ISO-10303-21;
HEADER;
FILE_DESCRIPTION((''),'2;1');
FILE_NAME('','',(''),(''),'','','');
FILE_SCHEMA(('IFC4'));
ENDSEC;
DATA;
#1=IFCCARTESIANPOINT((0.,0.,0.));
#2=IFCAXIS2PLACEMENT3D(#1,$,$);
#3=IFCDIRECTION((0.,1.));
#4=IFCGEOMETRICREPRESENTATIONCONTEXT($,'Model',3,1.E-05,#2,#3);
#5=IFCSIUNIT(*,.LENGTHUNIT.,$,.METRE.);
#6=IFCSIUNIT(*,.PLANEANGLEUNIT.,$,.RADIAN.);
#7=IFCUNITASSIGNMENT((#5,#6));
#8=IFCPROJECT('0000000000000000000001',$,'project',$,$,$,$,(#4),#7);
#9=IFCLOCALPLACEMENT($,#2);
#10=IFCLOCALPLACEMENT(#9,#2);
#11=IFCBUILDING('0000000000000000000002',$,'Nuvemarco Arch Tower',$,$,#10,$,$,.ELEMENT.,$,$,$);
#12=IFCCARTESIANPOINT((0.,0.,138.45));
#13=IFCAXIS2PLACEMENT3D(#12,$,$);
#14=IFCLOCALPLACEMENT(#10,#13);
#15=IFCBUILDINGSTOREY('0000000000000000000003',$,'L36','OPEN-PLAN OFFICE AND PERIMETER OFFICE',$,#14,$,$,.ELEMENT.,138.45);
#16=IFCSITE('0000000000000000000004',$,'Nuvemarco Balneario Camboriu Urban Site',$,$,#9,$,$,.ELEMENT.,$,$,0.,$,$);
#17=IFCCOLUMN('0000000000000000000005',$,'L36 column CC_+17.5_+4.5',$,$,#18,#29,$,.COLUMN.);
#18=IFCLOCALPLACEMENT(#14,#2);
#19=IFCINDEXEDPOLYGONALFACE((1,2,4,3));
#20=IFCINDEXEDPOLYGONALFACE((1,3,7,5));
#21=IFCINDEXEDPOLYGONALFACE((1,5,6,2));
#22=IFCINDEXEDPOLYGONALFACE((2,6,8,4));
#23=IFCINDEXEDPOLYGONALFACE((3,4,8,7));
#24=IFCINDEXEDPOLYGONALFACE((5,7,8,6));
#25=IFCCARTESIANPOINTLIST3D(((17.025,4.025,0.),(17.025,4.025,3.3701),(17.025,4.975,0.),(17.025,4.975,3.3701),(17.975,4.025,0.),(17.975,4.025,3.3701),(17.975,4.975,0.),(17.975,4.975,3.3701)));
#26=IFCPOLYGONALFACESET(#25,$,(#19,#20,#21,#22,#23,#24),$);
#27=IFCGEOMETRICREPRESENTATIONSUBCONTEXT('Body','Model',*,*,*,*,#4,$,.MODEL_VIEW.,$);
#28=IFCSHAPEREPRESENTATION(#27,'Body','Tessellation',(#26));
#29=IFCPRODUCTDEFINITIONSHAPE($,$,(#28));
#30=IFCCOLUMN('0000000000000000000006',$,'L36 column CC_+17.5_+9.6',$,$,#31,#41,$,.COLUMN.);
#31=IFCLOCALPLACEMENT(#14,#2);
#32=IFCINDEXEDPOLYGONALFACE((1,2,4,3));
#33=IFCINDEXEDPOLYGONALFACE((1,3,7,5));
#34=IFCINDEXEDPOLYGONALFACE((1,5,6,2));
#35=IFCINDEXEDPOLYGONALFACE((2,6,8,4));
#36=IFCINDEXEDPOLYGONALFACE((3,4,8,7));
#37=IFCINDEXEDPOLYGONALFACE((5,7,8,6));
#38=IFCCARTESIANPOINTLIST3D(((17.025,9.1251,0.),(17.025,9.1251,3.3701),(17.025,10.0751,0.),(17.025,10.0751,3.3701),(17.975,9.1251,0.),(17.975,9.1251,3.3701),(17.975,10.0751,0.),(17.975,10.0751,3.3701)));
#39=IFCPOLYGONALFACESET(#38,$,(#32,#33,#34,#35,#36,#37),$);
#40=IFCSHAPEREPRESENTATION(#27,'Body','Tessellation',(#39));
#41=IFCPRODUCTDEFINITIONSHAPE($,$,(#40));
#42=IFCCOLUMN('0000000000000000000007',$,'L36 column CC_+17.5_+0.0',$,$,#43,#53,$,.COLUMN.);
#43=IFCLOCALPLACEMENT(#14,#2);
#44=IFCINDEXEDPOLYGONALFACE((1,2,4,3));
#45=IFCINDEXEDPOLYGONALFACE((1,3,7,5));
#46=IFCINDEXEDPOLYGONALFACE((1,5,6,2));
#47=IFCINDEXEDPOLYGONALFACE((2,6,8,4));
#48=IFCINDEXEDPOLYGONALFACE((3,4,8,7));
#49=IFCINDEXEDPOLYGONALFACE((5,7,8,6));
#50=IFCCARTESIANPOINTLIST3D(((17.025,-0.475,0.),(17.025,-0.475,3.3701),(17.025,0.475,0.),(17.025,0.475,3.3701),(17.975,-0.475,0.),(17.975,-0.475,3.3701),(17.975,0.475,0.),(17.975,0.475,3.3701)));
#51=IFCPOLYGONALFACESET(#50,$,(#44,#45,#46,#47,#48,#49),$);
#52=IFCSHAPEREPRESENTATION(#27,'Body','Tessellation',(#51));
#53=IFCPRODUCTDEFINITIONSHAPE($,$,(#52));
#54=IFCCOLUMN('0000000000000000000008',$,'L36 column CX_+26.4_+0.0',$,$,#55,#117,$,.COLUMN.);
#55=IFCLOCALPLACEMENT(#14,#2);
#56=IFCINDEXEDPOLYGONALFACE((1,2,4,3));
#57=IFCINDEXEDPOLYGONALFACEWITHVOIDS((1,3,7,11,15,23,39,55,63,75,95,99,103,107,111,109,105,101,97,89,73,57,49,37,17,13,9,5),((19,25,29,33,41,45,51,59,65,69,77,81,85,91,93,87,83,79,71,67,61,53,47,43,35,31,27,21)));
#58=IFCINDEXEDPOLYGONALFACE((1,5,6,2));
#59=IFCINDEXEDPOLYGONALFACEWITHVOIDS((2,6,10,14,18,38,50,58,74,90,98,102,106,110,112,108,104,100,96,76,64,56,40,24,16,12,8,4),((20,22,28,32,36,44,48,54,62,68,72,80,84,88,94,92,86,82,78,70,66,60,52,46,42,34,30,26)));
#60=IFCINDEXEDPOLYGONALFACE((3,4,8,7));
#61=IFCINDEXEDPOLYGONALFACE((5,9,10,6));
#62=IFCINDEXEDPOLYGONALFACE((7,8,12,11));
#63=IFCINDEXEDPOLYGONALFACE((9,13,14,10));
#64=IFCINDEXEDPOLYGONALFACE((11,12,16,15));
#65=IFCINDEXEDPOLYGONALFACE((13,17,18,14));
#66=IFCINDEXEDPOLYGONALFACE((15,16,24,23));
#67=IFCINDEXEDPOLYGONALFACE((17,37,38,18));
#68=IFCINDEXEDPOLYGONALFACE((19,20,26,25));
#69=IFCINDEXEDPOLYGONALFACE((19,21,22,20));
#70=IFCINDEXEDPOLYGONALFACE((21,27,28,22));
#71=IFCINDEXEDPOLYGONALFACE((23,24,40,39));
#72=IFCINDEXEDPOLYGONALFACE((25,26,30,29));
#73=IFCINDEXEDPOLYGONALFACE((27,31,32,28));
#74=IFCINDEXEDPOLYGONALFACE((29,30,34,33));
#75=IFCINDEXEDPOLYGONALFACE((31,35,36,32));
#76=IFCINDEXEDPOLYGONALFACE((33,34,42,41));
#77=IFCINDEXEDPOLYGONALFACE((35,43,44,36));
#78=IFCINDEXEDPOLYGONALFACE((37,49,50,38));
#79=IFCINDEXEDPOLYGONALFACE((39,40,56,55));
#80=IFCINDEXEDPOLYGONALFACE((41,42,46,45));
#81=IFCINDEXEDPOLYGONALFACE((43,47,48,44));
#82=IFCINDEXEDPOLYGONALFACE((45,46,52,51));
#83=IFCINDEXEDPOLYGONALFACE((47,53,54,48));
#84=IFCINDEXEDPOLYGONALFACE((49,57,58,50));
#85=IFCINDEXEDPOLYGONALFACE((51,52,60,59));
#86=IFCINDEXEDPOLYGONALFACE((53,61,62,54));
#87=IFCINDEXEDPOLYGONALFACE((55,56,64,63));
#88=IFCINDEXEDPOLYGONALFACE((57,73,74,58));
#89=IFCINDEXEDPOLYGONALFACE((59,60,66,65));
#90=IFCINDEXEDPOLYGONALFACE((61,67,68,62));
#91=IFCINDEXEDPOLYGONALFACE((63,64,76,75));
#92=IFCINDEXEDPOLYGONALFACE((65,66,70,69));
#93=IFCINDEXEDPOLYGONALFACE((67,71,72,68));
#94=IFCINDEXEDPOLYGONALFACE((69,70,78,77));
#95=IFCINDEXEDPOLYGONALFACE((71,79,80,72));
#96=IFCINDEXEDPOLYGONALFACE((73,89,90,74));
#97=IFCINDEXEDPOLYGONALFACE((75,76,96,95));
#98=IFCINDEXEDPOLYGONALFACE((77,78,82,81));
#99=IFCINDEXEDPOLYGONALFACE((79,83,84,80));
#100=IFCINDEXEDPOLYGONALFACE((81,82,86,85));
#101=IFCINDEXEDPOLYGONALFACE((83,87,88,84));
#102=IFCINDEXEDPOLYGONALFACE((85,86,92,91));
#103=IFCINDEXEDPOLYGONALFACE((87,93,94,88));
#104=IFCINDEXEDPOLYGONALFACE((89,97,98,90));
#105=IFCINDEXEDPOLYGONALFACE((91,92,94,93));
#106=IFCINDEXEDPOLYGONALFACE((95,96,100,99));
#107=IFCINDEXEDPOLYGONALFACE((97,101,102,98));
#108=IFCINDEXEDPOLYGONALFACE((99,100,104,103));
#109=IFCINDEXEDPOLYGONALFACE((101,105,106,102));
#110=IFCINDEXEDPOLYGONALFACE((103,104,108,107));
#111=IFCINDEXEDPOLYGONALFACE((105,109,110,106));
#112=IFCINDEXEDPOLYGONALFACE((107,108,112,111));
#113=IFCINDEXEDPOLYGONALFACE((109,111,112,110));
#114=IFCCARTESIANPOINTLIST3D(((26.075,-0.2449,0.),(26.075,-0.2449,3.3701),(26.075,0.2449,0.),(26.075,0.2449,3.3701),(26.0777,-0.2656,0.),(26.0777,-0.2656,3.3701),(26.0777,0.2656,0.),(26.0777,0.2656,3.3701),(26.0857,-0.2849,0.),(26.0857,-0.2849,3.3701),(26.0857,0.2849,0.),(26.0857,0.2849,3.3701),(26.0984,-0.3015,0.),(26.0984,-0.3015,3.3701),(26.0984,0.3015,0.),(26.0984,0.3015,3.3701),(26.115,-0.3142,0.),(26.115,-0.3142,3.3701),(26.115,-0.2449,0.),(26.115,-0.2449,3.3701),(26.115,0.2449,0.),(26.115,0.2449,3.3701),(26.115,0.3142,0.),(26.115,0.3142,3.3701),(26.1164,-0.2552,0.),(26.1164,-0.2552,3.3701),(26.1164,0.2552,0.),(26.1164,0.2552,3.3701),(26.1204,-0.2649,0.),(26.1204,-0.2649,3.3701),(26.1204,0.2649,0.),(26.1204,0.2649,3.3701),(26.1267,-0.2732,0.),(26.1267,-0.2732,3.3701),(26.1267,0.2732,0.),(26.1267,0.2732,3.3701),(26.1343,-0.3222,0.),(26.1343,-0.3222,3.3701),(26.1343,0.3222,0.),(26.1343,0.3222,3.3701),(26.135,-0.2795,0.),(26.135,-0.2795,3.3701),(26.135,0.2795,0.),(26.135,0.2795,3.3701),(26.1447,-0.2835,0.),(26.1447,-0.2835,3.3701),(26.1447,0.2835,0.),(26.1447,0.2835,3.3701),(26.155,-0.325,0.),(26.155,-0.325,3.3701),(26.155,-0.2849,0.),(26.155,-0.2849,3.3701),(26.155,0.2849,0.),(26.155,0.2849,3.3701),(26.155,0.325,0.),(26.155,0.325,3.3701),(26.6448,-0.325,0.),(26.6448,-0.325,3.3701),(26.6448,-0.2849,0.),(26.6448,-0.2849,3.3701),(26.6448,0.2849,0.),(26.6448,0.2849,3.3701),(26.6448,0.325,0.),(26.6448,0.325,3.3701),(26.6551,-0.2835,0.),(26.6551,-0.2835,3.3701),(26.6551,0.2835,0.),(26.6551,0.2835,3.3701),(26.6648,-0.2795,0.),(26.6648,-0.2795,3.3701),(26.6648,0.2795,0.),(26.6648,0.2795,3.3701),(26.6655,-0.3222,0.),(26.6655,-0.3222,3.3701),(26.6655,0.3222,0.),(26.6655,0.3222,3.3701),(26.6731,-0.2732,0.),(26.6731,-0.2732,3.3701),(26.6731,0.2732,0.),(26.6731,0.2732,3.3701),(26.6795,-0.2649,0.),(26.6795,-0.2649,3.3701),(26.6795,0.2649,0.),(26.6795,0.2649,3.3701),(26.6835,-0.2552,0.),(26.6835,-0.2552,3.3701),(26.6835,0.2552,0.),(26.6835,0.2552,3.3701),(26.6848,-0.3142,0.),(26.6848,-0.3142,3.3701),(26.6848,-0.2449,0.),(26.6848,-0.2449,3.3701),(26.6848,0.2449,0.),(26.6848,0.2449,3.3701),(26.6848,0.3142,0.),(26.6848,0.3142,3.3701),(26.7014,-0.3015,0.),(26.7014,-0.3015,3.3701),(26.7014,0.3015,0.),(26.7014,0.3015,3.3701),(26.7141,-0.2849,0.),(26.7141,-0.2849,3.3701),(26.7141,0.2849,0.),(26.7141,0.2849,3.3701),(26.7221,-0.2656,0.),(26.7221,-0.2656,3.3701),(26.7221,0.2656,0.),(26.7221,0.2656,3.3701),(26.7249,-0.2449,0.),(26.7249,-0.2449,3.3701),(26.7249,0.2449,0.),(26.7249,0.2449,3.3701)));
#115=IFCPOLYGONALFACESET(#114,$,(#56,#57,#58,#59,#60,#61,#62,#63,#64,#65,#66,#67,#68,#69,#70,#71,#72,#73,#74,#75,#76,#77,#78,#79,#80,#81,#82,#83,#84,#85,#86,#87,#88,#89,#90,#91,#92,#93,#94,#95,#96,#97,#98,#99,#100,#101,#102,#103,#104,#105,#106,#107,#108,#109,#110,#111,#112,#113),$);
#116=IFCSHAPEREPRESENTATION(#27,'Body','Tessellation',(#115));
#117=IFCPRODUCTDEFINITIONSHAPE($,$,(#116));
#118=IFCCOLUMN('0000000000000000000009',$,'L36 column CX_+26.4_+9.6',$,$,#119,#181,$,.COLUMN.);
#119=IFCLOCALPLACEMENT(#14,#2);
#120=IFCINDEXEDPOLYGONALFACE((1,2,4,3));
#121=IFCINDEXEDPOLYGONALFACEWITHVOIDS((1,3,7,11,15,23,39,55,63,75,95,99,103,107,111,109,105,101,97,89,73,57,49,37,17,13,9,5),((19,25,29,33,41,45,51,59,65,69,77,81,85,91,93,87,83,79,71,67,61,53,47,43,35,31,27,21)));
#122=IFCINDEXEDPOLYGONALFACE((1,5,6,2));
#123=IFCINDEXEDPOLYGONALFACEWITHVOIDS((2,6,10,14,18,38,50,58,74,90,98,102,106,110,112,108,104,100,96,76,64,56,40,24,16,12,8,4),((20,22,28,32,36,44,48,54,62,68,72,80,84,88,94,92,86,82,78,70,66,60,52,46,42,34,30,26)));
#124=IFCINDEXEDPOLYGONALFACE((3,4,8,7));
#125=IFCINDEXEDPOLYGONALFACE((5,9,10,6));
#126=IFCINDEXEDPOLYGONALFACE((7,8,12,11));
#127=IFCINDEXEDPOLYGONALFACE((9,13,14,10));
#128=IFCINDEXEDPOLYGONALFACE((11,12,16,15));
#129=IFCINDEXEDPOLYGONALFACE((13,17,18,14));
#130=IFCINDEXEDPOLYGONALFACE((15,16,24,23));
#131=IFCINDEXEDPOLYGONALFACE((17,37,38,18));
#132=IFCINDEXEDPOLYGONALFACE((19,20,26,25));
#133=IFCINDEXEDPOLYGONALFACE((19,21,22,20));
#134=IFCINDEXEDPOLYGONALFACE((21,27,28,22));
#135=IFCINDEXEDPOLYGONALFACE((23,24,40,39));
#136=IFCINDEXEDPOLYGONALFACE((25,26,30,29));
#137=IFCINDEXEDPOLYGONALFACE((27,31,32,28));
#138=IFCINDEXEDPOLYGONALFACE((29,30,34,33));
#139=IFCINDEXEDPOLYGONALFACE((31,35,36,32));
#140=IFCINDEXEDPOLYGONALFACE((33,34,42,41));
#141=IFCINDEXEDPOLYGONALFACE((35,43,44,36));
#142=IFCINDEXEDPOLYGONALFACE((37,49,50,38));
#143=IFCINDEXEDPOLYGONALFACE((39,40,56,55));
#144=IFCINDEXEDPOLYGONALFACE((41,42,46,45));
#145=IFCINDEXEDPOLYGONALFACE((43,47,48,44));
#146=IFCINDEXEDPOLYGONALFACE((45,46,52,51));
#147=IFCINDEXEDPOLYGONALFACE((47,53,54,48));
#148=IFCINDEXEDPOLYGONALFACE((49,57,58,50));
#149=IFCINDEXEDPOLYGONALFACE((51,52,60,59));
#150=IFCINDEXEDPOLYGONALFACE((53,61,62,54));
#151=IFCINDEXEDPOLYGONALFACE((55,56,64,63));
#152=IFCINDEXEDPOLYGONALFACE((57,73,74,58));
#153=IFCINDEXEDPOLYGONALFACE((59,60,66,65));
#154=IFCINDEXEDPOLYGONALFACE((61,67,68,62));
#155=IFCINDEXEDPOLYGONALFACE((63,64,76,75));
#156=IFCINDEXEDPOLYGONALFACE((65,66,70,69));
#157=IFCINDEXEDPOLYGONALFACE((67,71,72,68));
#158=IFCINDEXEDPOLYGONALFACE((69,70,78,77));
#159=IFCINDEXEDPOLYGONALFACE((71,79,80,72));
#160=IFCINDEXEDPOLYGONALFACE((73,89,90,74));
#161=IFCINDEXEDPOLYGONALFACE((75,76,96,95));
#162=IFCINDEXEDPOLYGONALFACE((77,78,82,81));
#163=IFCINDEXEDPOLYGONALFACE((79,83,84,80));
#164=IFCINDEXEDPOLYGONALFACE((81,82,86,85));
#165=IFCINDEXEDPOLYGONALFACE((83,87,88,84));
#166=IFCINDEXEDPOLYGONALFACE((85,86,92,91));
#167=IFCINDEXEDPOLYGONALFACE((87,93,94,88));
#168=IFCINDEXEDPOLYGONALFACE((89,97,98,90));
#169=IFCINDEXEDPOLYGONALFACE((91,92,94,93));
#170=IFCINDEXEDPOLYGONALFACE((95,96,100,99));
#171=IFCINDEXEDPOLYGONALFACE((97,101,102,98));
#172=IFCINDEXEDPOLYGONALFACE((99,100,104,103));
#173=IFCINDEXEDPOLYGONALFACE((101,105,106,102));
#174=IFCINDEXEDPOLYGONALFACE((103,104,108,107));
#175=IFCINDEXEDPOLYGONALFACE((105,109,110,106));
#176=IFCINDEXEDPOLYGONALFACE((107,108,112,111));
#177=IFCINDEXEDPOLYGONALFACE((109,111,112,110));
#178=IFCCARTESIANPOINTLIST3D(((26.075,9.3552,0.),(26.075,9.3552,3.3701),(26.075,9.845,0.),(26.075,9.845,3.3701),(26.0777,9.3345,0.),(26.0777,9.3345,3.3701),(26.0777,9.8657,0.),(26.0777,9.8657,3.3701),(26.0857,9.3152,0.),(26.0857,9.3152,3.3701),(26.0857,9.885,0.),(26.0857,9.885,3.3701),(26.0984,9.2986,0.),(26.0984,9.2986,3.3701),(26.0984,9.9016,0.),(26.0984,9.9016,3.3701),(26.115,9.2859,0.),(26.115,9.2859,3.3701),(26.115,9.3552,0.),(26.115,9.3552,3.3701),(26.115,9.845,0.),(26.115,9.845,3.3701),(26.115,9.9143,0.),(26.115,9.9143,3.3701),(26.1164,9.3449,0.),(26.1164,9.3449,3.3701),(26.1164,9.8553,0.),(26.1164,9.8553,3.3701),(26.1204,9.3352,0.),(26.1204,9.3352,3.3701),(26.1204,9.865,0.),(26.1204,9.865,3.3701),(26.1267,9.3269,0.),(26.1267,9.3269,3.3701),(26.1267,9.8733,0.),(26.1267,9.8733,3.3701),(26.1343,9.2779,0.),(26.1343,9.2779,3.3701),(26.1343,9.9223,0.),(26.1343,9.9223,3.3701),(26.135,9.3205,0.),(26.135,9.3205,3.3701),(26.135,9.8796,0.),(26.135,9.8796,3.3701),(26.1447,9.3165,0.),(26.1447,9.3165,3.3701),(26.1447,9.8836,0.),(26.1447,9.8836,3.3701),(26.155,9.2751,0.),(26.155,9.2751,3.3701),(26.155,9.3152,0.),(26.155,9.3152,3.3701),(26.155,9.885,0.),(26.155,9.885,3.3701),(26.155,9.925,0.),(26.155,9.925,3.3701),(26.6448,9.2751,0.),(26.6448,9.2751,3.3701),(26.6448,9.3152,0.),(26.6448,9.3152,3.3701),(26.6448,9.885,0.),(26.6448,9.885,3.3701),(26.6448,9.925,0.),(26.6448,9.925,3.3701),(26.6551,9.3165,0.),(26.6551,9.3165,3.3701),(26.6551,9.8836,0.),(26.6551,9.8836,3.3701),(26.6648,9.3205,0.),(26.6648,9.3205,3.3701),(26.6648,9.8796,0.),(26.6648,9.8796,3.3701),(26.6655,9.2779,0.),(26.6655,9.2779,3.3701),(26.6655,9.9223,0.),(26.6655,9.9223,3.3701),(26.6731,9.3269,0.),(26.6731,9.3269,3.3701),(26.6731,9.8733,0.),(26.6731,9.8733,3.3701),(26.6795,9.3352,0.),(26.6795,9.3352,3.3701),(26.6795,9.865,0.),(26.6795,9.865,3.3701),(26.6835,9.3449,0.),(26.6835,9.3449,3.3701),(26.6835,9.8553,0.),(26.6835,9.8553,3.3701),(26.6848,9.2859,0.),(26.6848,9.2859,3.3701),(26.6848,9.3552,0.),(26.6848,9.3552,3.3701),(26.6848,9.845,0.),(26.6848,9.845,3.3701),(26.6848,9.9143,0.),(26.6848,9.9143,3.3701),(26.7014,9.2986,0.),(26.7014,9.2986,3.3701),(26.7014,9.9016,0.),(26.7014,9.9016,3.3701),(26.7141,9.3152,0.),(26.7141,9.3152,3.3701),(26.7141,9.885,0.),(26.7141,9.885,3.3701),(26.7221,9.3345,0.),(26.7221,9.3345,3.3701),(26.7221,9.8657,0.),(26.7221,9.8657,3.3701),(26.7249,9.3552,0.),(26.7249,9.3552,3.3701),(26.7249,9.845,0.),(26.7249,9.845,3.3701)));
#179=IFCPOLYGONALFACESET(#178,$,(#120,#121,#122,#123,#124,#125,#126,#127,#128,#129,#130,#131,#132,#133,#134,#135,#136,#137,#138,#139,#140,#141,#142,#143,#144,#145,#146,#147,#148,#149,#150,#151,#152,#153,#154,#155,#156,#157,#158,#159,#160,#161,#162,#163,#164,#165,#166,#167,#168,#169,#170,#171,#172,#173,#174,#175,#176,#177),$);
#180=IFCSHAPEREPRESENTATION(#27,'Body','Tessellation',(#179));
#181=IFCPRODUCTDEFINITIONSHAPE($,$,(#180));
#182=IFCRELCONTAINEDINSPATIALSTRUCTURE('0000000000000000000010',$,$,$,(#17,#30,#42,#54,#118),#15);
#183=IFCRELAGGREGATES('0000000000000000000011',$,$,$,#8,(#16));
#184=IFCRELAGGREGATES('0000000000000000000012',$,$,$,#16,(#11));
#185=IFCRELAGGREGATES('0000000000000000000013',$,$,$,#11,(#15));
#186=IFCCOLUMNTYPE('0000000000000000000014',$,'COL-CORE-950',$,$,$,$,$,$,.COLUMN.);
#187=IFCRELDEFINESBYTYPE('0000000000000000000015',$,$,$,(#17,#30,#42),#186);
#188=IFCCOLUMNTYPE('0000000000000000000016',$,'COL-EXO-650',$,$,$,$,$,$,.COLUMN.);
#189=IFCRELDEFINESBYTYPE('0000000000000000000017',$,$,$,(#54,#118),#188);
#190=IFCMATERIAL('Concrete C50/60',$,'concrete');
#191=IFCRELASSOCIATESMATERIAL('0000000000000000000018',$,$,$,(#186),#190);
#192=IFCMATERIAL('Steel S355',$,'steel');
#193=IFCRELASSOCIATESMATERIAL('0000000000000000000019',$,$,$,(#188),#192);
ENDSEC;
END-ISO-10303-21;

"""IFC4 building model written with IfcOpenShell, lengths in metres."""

from ifc_helpers import new_model, si_unit, direction, frame, origin, origin_2d, place, context, subcontext, project, spatial, rectangle, hollow_rectangle, extrude, material, material_profile, profile_set, type_object, element, save


model = new_model("IFC4")

# Units and contexts
model_context = context("Model", 3, precision=1e-05, world=origin(), true_north=direction((0.0, 1.0)))
body_context = subcontext(model_context, "Body", "Model", "MODEL_VIEW")
ifc_project = project(units=[si_unit("LENGTHUNIT", "METRE"), si_unit("PLANEANGLEUNIT", "RADIAN")], contexts=[model_context])

# Site, building, storey
site_placement = place(None, origin())
site = spatial("IfcSite", under=ifc_project, at=site_placement, Name="Nuvemarco Balneario Camboriu Urban Site", CompositionType="ELEMENT", RefElevation=0.0)
building_placement = place(site_placement, origin())
building = spatial("IfcBuilding", under=site, at=building_placement, Name="Nuvemarco Arch Tower", CompositionType="ELEMENT")
storey_placement = place(building_placement, frame((0.0, 0.0, 138.45)))
storey = spatial("IfcBuildingStorey", under=building, at=storey_placement, Name="L36", Description="OPEN-PLAN OFFICE AND PERIMETER OFFICE", CompositionType="ELEMENT", Elevation=138.45)

# Columns
ifc_material_1 = material(Name="Concrete C50/60", Category="concrete")
ifc_material_profile_1 = material_profile(ifc_material_1, rectangle(XDim=0.95, YDim=0.95, at=origin_2d()), Name="RC-COL-950x950")
ifc_profile_set_1 = profile_set([ifc_material_profile_1], Name="Concrete C50/60")
column_type_1 = type_object("IfcColumnType", Name="COL-CORE-950", PredefinedType="COLUMN", material=ifc_profile_set_1)
for number, where, z_axis, x_axis, name in (
    (1, (17.5, 4.5, 0.0), (0.0, 0.0, 1.0), (1.0, 0.0, 0.0), "L36 column CC_+17.5_+4.5"),
    (2, (17.5, 9.6001, 0.0), (0.0, 0.0, 1.0), (1.0, 0.0, 0.0), "L36 column CC_+17.5_+9.6"),
    (3, (17.5, 0.0, 0.0), (0.0, 0.0, 1.0), (1.0, 0.0, 0.0), "L36 column CC_+17.5_+0.0"),
):
    element("IfcColumn", number, at=place(storey_placement, frame(where, z_axis=z_axis, x_axis=x_axis)), inside=storey, type_object=column_type_1, Name=name, PredefinedType="COLUMN", context=body_context, shape_type="SweptSolid", body=[
        extrude(rectangle(XDim=0.95, YDim=0.95, at=origin_2d()), origin(), (0.0, 0.0, 1.0), 3.3701),
    ])
ifc_material_2 = material(Name="Steel S355", Category="steel")
ifc_material_profile_2 = material_profile(ifc_material_2, hollow_rectangle(XDim=0.6499, YDim=0.6499, WallThickness=0.04, InnerFilletRadius=0.04, OuterFilletRadius=0.0801, at=origin_2d()), Name="SHS650x650x40")
ifc_profile_set_2 = profile_set([ifc_material_profile_2], Name="Steel S355")
column_type_2 = type_object("IfcColumnType", Name="COL-EXO-650", PredefinedType="COLUMN", material=ifc_profile_set_2)
for number, where, z_axis, x_axis, name in (
    (4, (26.3999, 0.0, 0.0), (0.0, 0.0, 1.0), (1.0, 0.0, 0.0), "L36 column CX_+26.4_+0.0"),
    (5, (26.3999, 9.6001, 0.0), (0.0, 0.0, 1.0), (1.0, 0.0, 0.0), "L36 column CX_+26.4_+9.6"),
):
    element("IfcColumn", number, at=place(storey_placement, frame(where, z_axis=z_axis, x_axis=x_axis)), inside=storey, type_object=column_type_2, Name=name, PredefinedType="COLUMN", context=body_context, shape_type="SweptSolid", body=[
        extrude(hollow_rectangle(XDim=0.6499, YDim=0.6499, WallThickness=0.04, InnerFilletRadius=0.04, OuterFilletRadius=0.0801, at=origin_2d()), origin(), (0.0, 0.0, 1.0), 3.3701),
    ])

save(model, "model.ifc")
